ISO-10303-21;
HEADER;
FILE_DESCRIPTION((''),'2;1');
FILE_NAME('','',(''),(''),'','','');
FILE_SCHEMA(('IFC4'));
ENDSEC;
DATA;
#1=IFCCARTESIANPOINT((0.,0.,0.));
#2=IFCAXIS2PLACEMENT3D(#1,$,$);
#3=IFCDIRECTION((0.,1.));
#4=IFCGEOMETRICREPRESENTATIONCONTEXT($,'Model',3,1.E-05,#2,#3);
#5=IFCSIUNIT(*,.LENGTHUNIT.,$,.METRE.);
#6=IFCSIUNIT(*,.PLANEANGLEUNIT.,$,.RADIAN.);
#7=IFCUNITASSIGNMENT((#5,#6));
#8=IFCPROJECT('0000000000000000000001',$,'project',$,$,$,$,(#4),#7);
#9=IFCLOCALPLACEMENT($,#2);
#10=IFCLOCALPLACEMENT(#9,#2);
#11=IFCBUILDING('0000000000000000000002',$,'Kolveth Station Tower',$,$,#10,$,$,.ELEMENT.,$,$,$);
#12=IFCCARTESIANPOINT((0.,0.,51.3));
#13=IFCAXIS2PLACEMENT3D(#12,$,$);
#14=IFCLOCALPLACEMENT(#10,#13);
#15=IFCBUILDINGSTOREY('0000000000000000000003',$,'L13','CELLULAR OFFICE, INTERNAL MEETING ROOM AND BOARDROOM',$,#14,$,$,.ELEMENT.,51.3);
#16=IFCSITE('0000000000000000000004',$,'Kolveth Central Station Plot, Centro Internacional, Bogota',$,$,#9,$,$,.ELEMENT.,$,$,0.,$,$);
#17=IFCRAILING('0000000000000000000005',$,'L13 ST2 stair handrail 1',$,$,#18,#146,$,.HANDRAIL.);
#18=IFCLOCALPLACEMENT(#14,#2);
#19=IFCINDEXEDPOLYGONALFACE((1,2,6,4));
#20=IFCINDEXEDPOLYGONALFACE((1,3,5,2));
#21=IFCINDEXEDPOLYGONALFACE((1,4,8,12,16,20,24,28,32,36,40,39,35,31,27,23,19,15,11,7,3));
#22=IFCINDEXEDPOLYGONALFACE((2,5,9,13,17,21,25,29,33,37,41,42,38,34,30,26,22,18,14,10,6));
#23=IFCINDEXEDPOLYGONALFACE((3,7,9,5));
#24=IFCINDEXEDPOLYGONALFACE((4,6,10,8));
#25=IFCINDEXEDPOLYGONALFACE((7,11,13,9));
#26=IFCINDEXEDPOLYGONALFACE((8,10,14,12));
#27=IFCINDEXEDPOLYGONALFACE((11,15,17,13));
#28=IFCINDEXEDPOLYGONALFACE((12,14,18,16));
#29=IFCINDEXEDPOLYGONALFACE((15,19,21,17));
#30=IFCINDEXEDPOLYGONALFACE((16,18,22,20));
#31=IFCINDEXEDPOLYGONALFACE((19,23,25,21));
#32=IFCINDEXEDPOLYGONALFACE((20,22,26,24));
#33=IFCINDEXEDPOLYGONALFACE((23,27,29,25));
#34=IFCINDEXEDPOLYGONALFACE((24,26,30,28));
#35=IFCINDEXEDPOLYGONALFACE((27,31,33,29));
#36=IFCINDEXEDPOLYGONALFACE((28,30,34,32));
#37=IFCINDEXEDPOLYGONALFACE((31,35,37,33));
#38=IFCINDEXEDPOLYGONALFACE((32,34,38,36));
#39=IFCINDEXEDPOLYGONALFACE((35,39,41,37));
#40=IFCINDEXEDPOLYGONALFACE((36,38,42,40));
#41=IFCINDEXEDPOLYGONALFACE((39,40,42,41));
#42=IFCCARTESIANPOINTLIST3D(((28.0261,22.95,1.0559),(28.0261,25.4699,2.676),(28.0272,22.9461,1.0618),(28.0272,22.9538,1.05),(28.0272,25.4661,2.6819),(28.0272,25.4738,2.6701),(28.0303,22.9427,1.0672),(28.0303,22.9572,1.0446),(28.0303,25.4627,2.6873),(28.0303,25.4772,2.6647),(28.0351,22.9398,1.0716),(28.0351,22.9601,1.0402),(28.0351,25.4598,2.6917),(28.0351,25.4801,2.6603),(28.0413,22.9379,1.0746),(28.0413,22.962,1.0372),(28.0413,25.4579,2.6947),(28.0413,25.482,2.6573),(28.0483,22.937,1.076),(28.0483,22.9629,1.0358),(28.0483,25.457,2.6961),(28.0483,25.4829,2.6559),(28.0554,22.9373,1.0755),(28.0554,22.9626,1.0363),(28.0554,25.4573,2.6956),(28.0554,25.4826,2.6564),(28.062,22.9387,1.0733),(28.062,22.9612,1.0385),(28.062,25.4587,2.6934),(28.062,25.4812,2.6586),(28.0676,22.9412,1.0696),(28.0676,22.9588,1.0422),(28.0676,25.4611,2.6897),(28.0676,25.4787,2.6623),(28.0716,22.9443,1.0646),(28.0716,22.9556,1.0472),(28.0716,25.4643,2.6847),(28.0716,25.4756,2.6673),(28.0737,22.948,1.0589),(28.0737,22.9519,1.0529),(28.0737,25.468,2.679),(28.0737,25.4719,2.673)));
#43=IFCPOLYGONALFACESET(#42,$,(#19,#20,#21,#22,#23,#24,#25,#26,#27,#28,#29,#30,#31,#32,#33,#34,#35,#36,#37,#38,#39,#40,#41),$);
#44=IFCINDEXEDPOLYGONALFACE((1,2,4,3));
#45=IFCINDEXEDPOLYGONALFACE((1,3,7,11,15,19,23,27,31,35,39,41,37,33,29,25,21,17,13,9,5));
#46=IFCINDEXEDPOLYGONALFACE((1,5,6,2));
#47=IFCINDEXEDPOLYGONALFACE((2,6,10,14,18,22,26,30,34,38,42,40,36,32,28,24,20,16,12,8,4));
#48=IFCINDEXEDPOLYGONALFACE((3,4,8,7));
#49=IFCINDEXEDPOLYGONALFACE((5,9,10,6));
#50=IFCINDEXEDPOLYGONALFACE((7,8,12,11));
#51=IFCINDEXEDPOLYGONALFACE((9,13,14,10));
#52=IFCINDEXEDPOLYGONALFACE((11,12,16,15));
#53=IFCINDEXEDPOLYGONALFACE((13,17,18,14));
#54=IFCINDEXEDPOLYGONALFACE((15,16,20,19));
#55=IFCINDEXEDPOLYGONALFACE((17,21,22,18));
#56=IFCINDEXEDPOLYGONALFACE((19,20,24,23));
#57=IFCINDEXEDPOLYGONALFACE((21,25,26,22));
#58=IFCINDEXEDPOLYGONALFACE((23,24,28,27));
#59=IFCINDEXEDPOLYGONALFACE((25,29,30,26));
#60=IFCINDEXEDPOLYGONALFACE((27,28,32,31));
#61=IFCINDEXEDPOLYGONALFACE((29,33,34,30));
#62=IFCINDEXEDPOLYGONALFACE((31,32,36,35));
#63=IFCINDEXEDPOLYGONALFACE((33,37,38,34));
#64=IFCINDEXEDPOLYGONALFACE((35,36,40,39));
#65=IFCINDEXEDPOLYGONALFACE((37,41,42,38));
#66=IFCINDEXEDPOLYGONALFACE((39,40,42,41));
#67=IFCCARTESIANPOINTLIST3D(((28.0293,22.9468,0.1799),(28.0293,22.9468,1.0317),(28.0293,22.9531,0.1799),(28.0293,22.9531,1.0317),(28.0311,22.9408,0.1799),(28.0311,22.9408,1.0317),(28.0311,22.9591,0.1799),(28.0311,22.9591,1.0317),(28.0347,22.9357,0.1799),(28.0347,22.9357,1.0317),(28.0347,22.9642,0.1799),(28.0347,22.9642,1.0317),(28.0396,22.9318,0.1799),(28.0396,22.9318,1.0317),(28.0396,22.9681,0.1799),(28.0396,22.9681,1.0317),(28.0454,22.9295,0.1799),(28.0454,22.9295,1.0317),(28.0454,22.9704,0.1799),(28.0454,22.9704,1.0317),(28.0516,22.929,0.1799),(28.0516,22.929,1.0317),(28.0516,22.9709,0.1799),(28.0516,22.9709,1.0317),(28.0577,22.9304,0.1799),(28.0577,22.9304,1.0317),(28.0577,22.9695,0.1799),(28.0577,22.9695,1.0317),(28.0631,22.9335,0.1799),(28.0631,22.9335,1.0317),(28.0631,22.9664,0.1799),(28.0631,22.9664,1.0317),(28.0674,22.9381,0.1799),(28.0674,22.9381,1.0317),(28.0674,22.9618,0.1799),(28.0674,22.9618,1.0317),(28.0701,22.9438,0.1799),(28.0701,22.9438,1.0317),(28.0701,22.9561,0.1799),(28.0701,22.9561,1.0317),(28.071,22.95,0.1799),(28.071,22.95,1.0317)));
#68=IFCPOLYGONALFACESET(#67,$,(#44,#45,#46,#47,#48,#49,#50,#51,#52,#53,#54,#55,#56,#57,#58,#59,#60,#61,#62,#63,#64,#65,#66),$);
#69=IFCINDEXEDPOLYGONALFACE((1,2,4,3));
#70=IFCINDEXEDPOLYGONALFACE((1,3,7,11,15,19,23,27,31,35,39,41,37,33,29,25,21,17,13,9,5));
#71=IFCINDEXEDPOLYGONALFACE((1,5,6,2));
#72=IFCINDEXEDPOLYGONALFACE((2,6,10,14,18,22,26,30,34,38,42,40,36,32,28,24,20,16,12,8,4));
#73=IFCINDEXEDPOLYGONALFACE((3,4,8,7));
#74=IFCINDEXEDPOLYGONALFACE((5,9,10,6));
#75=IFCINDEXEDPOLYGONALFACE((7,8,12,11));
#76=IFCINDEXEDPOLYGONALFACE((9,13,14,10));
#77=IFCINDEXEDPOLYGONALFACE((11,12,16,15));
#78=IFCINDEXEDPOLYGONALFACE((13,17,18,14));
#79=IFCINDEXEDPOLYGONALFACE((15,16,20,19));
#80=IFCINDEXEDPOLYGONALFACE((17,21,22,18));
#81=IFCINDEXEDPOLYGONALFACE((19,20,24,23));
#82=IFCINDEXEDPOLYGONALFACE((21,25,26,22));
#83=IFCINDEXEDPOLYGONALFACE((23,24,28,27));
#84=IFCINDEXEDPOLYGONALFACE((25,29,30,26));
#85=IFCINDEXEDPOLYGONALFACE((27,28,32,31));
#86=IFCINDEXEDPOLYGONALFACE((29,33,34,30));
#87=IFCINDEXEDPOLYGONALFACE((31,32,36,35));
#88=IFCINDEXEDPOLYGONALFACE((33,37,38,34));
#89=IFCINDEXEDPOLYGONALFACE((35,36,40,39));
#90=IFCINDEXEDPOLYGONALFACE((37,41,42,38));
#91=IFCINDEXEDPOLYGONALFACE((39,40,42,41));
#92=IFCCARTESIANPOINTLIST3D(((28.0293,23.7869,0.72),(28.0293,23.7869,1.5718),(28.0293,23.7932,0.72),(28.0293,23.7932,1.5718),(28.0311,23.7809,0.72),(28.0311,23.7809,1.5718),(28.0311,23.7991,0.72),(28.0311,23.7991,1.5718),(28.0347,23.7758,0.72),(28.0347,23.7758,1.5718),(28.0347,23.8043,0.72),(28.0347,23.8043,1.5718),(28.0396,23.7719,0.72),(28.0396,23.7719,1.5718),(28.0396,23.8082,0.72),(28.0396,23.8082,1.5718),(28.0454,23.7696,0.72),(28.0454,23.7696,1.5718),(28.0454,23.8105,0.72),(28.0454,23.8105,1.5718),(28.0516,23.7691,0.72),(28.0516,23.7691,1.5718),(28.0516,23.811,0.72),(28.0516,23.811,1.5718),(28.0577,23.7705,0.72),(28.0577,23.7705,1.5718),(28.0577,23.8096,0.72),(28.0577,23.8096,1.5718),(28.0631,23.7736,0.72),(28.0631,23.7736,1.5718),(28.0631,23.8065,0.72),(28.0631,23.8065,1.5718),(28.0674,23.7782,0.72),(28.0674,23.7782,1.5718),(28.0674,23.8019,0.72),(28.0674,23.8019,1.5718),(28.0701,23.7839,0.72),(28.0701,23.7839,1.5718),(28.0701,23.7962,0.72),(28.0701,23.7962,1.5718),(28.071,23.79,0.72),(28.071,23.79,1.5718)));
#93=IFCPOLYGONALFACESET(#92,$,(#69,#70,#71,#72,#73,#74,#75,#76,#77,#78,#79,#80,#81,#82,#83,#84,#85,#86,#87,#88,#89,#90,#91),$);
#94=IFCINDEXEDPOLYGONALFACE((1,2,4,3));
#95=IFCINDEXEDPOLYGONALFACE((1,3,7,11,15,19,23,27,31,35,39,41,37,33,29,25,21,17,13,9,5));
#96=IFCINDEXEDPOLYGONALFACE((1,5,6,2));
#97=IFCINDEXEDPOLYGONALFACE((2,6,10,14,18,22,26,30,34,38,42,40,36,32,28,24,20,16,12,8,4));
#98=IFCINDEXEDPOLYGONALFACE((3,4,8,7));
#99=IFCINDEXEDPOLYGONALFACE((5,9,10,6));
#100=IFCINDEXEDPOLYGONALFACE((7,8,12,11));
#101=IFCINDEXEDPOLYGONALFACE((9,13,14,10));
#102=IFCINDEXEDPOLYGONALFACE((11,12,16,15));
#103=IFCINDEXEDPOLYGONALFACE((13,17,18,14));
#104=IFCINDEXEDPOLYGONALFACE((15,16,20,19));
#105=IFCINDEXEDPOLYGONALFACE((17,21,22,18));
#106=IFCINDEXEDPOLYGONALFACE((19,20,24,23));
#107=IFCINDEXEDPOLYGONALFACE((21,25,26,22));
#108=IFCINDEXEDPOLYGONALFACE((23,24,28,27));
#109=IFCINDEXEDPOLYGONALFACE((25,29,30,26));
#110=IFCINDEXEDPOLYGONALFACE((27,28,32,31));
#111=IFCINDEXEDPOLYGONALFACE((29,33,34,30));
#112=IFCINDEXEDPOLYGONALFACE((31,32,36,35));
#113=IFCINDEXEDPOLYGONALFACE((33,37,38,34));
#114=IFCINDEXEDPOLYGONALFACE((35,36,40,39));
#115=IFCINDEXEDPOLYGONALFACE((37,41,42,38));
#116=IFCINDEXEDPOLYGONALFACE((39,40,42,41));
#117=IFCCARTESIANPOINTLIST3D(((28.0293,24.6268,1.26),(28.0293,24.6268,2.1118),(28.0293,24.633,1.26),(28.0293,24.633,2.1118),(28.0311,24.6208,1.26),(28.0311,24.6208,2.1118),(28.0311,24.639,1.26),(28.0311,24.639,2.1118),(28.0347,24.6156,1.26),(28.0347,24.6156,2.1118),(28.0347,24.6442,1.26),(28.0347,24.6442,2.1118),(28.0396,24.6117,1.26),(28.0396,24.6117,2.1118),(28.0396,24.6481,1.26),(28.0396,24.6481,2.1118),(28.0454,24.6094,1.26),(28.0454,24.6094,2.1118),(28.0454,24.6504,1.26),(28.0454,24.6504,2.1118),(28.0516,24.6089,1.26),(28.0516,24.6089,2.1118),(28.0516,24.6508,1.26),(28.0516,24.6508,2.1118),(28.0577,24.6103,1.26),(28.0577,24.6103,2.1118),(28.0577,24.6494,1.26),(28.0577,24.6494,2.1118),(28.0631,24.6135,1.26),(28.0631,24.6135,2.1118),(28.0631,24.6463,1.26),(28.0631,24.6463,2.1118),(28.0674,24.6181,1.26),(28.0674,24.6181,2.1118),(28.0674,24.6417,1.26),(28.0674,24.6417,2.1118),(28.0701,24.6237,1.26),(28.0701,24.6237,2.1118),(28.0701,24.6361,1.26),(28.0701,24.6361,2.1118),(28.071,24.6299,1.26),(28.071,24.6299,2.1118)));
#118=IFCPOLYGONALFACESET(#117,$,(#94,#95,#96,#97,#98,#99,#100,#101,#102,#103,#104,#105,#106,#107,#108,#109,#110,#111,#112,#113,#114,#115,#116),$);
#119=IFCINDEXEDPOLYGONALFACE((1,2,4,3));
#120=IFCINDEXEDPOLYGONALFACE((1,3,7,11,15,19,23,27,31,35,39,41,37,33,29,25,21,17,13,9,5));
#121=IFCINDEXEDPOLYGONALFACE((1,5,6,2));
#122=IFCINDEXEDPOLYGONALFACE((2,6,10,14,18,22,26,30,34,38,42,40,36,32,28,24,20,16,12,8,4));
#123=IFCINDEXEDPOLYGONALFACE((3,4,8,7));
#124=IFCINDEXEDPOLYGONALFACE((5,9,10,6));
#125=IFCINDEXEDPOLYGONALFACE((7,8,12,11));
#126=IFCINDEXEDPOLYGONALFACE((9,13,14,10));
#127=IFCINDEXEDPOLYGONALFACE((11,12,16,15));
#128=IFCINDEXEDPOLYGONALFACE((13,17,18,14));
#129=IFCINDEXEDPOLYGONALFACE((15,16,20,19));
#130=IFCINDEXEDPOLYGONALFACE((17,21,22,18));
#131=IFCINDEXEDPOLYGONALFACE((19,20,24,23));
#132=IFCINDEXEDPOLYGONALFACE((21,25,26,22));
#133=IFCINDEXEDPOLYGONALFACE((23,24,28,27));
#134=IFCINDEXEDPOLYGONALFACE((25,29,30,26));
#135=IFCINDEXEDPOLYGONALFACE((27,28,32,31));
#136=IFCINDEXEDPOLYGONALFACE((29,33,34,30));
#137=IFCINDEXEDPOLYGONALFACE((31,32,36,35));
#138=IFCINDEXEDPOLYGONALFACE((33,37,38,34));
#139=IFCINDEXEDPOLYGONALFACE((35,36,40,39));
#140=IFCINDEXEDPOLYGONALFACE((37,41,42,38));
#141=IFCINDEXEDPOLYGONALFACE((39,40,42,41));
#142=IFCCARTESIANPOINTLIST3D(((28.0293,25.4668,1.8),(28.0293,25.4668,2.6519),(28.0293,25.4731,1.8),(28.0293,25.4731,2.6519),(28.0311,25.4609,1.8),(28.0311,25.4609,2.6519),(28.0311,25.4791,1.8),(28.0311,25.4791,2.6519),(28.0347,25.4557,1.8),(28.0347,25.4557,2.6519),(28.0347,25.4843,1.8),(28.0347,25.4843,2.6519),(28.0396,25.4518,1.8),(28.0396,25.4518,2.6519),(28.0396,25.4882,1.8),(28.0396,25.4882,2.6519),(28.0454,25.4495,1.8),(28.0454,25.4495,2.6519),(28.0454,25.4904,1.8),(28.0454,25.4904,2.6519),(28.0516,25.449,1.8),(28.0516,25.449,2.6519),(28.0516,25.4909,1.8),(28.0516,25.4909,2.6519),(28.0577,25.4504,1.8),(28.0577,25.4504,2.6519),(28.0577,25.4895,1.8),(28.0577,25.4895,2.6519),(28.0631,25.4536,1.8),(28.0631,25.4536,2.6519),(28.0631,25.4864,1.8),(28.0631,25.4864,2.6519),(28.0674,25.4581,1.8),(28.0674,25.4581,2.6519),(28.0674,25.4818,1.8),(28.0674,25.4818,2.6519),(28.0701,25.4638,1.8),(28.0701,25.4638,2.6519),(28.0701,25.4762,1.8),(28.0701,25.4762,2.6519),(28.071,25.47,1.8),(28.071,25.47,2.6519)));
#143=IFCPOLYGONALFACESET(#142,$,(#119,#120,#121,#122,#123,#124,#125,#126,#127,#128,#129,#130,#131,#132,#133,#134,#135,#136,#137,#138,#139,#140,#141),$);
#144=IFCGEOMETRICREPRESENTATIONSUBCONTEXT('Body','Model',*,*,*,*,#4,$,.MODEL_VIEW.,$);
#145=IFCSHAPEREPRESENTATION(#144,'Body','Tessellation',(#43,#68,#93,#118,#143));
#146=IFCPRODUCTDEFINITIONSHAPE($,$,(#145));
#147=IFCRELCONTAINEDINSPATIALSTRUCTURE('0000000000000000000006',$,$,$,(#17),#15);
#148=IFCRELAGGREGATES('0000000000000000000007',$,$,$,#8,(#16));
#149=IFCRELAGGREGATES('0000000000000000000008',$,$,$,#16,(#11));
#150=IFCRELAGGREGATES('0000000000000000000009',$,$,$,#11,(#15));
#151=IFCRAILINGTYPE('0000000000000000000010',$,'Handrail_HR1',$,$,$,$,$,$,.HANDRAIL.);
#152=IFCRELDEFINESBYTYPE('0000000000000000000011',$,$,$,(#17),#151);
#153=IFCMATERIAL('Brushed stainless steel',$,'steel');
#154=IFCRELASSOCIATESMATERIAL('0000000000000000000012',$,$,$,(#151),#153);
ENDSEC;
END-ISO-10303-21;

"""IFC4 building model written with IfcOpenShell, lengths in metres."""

from ifc_helpers import new_model, si_unit, direction, frame, origin, origin_2d, place, context, subcontext, project, spatial, circle, extrude, material, type_object, element, save


model = new_model("IFC4")

# Units and contexts
model_context = context("Model", 3, precision=1e-05, world=origin(), true_north=direction((0.0, 1.0)))
body_context = subcontext(model_context, "Body", "Model", "MODEL_VIEW")
ifc_project = project(units=[si_unit("LENGTHUNIT", "METRE"), si_unit("PLANEANGLEUNIT", "RADIAN")], contexts=[model_context])

# Site, building, storey
site_placement = place(None, origin())
site = spatial("IfcSite", under=ifc_project, at=site_placement, Name="Kolveth Central Station Plot, Centro Internacional, Bogota", CompositionType="ELEMENT", RefElevation=0.0)
building_placement = place(site_placement, origin())
building = spatial("IfcBuilding", under=site, at=building_placement, Name="Kolveth Station Tower", CompositionType="ELEMENT")
storey_placement = place(building_placement, frame((0.0, 0.0, 51.3)))
storey = spatial("IfcBuildingStorey", under=building, at=storey_placement, Name="L13", Description="CELLULAR OFFICE, INTERNAL MEETING ROOM AND BOARDROOM", CompositionType="ELEMENT", Elevation=51.3)

# Railing
ifc_material_1 = material(Name="Brushed stainless steel", Category="steel")
railing_type_1 = type_object("IfcRailingType", Name="Handrail_HR1", PredefinedType="HANDRAIL", material=ifc_material_1)
railing_1_placement = place(storey_placement, frame((28.05, 22.95, 0.1799)))
element("IfcRailing", 1, at=railing_1_placement, inside=storey, type_object=railing_type_1, Name="L13 ST2 stair handrail 1", PredefinedType="HANDRAIL", context=body_context, shape_type="SweptSolid", body=[
    extrude(circle(Radius=0.0239, at=origin_2d()), frame((0.0, 0.0, 0.876), z_axis=(0.0, 0.841163, 0.540782), x_axis=(-1.0, 0.0, 0.0)), (0.0, 0.0, 1.0), 2.9958),
    extrude(circle(Radius=0.021, at=origin_2d()), origin(), (0.0, 0.0, 1.0), 0.8518),
    extrude(circle(Radius=0.021, at=origin_2d()), frame((0.0, 0.8401, 0.54)), (0.0, 0.0, 1.0), 0.8518),
    extrude(circle(Radius=0.021, at=origin_2d()), frame((0.0, 1.6799, 1.0801)), (0.0, 0.0, 1.0), 0.8518),
    extrude(circle(Radius=0.021, at=origin_2d()), frame((0.0, 2.52, 1.6201)), (0.0, 0.0, 1.0), 0.8518),
])

save(model, "model.ifc")
